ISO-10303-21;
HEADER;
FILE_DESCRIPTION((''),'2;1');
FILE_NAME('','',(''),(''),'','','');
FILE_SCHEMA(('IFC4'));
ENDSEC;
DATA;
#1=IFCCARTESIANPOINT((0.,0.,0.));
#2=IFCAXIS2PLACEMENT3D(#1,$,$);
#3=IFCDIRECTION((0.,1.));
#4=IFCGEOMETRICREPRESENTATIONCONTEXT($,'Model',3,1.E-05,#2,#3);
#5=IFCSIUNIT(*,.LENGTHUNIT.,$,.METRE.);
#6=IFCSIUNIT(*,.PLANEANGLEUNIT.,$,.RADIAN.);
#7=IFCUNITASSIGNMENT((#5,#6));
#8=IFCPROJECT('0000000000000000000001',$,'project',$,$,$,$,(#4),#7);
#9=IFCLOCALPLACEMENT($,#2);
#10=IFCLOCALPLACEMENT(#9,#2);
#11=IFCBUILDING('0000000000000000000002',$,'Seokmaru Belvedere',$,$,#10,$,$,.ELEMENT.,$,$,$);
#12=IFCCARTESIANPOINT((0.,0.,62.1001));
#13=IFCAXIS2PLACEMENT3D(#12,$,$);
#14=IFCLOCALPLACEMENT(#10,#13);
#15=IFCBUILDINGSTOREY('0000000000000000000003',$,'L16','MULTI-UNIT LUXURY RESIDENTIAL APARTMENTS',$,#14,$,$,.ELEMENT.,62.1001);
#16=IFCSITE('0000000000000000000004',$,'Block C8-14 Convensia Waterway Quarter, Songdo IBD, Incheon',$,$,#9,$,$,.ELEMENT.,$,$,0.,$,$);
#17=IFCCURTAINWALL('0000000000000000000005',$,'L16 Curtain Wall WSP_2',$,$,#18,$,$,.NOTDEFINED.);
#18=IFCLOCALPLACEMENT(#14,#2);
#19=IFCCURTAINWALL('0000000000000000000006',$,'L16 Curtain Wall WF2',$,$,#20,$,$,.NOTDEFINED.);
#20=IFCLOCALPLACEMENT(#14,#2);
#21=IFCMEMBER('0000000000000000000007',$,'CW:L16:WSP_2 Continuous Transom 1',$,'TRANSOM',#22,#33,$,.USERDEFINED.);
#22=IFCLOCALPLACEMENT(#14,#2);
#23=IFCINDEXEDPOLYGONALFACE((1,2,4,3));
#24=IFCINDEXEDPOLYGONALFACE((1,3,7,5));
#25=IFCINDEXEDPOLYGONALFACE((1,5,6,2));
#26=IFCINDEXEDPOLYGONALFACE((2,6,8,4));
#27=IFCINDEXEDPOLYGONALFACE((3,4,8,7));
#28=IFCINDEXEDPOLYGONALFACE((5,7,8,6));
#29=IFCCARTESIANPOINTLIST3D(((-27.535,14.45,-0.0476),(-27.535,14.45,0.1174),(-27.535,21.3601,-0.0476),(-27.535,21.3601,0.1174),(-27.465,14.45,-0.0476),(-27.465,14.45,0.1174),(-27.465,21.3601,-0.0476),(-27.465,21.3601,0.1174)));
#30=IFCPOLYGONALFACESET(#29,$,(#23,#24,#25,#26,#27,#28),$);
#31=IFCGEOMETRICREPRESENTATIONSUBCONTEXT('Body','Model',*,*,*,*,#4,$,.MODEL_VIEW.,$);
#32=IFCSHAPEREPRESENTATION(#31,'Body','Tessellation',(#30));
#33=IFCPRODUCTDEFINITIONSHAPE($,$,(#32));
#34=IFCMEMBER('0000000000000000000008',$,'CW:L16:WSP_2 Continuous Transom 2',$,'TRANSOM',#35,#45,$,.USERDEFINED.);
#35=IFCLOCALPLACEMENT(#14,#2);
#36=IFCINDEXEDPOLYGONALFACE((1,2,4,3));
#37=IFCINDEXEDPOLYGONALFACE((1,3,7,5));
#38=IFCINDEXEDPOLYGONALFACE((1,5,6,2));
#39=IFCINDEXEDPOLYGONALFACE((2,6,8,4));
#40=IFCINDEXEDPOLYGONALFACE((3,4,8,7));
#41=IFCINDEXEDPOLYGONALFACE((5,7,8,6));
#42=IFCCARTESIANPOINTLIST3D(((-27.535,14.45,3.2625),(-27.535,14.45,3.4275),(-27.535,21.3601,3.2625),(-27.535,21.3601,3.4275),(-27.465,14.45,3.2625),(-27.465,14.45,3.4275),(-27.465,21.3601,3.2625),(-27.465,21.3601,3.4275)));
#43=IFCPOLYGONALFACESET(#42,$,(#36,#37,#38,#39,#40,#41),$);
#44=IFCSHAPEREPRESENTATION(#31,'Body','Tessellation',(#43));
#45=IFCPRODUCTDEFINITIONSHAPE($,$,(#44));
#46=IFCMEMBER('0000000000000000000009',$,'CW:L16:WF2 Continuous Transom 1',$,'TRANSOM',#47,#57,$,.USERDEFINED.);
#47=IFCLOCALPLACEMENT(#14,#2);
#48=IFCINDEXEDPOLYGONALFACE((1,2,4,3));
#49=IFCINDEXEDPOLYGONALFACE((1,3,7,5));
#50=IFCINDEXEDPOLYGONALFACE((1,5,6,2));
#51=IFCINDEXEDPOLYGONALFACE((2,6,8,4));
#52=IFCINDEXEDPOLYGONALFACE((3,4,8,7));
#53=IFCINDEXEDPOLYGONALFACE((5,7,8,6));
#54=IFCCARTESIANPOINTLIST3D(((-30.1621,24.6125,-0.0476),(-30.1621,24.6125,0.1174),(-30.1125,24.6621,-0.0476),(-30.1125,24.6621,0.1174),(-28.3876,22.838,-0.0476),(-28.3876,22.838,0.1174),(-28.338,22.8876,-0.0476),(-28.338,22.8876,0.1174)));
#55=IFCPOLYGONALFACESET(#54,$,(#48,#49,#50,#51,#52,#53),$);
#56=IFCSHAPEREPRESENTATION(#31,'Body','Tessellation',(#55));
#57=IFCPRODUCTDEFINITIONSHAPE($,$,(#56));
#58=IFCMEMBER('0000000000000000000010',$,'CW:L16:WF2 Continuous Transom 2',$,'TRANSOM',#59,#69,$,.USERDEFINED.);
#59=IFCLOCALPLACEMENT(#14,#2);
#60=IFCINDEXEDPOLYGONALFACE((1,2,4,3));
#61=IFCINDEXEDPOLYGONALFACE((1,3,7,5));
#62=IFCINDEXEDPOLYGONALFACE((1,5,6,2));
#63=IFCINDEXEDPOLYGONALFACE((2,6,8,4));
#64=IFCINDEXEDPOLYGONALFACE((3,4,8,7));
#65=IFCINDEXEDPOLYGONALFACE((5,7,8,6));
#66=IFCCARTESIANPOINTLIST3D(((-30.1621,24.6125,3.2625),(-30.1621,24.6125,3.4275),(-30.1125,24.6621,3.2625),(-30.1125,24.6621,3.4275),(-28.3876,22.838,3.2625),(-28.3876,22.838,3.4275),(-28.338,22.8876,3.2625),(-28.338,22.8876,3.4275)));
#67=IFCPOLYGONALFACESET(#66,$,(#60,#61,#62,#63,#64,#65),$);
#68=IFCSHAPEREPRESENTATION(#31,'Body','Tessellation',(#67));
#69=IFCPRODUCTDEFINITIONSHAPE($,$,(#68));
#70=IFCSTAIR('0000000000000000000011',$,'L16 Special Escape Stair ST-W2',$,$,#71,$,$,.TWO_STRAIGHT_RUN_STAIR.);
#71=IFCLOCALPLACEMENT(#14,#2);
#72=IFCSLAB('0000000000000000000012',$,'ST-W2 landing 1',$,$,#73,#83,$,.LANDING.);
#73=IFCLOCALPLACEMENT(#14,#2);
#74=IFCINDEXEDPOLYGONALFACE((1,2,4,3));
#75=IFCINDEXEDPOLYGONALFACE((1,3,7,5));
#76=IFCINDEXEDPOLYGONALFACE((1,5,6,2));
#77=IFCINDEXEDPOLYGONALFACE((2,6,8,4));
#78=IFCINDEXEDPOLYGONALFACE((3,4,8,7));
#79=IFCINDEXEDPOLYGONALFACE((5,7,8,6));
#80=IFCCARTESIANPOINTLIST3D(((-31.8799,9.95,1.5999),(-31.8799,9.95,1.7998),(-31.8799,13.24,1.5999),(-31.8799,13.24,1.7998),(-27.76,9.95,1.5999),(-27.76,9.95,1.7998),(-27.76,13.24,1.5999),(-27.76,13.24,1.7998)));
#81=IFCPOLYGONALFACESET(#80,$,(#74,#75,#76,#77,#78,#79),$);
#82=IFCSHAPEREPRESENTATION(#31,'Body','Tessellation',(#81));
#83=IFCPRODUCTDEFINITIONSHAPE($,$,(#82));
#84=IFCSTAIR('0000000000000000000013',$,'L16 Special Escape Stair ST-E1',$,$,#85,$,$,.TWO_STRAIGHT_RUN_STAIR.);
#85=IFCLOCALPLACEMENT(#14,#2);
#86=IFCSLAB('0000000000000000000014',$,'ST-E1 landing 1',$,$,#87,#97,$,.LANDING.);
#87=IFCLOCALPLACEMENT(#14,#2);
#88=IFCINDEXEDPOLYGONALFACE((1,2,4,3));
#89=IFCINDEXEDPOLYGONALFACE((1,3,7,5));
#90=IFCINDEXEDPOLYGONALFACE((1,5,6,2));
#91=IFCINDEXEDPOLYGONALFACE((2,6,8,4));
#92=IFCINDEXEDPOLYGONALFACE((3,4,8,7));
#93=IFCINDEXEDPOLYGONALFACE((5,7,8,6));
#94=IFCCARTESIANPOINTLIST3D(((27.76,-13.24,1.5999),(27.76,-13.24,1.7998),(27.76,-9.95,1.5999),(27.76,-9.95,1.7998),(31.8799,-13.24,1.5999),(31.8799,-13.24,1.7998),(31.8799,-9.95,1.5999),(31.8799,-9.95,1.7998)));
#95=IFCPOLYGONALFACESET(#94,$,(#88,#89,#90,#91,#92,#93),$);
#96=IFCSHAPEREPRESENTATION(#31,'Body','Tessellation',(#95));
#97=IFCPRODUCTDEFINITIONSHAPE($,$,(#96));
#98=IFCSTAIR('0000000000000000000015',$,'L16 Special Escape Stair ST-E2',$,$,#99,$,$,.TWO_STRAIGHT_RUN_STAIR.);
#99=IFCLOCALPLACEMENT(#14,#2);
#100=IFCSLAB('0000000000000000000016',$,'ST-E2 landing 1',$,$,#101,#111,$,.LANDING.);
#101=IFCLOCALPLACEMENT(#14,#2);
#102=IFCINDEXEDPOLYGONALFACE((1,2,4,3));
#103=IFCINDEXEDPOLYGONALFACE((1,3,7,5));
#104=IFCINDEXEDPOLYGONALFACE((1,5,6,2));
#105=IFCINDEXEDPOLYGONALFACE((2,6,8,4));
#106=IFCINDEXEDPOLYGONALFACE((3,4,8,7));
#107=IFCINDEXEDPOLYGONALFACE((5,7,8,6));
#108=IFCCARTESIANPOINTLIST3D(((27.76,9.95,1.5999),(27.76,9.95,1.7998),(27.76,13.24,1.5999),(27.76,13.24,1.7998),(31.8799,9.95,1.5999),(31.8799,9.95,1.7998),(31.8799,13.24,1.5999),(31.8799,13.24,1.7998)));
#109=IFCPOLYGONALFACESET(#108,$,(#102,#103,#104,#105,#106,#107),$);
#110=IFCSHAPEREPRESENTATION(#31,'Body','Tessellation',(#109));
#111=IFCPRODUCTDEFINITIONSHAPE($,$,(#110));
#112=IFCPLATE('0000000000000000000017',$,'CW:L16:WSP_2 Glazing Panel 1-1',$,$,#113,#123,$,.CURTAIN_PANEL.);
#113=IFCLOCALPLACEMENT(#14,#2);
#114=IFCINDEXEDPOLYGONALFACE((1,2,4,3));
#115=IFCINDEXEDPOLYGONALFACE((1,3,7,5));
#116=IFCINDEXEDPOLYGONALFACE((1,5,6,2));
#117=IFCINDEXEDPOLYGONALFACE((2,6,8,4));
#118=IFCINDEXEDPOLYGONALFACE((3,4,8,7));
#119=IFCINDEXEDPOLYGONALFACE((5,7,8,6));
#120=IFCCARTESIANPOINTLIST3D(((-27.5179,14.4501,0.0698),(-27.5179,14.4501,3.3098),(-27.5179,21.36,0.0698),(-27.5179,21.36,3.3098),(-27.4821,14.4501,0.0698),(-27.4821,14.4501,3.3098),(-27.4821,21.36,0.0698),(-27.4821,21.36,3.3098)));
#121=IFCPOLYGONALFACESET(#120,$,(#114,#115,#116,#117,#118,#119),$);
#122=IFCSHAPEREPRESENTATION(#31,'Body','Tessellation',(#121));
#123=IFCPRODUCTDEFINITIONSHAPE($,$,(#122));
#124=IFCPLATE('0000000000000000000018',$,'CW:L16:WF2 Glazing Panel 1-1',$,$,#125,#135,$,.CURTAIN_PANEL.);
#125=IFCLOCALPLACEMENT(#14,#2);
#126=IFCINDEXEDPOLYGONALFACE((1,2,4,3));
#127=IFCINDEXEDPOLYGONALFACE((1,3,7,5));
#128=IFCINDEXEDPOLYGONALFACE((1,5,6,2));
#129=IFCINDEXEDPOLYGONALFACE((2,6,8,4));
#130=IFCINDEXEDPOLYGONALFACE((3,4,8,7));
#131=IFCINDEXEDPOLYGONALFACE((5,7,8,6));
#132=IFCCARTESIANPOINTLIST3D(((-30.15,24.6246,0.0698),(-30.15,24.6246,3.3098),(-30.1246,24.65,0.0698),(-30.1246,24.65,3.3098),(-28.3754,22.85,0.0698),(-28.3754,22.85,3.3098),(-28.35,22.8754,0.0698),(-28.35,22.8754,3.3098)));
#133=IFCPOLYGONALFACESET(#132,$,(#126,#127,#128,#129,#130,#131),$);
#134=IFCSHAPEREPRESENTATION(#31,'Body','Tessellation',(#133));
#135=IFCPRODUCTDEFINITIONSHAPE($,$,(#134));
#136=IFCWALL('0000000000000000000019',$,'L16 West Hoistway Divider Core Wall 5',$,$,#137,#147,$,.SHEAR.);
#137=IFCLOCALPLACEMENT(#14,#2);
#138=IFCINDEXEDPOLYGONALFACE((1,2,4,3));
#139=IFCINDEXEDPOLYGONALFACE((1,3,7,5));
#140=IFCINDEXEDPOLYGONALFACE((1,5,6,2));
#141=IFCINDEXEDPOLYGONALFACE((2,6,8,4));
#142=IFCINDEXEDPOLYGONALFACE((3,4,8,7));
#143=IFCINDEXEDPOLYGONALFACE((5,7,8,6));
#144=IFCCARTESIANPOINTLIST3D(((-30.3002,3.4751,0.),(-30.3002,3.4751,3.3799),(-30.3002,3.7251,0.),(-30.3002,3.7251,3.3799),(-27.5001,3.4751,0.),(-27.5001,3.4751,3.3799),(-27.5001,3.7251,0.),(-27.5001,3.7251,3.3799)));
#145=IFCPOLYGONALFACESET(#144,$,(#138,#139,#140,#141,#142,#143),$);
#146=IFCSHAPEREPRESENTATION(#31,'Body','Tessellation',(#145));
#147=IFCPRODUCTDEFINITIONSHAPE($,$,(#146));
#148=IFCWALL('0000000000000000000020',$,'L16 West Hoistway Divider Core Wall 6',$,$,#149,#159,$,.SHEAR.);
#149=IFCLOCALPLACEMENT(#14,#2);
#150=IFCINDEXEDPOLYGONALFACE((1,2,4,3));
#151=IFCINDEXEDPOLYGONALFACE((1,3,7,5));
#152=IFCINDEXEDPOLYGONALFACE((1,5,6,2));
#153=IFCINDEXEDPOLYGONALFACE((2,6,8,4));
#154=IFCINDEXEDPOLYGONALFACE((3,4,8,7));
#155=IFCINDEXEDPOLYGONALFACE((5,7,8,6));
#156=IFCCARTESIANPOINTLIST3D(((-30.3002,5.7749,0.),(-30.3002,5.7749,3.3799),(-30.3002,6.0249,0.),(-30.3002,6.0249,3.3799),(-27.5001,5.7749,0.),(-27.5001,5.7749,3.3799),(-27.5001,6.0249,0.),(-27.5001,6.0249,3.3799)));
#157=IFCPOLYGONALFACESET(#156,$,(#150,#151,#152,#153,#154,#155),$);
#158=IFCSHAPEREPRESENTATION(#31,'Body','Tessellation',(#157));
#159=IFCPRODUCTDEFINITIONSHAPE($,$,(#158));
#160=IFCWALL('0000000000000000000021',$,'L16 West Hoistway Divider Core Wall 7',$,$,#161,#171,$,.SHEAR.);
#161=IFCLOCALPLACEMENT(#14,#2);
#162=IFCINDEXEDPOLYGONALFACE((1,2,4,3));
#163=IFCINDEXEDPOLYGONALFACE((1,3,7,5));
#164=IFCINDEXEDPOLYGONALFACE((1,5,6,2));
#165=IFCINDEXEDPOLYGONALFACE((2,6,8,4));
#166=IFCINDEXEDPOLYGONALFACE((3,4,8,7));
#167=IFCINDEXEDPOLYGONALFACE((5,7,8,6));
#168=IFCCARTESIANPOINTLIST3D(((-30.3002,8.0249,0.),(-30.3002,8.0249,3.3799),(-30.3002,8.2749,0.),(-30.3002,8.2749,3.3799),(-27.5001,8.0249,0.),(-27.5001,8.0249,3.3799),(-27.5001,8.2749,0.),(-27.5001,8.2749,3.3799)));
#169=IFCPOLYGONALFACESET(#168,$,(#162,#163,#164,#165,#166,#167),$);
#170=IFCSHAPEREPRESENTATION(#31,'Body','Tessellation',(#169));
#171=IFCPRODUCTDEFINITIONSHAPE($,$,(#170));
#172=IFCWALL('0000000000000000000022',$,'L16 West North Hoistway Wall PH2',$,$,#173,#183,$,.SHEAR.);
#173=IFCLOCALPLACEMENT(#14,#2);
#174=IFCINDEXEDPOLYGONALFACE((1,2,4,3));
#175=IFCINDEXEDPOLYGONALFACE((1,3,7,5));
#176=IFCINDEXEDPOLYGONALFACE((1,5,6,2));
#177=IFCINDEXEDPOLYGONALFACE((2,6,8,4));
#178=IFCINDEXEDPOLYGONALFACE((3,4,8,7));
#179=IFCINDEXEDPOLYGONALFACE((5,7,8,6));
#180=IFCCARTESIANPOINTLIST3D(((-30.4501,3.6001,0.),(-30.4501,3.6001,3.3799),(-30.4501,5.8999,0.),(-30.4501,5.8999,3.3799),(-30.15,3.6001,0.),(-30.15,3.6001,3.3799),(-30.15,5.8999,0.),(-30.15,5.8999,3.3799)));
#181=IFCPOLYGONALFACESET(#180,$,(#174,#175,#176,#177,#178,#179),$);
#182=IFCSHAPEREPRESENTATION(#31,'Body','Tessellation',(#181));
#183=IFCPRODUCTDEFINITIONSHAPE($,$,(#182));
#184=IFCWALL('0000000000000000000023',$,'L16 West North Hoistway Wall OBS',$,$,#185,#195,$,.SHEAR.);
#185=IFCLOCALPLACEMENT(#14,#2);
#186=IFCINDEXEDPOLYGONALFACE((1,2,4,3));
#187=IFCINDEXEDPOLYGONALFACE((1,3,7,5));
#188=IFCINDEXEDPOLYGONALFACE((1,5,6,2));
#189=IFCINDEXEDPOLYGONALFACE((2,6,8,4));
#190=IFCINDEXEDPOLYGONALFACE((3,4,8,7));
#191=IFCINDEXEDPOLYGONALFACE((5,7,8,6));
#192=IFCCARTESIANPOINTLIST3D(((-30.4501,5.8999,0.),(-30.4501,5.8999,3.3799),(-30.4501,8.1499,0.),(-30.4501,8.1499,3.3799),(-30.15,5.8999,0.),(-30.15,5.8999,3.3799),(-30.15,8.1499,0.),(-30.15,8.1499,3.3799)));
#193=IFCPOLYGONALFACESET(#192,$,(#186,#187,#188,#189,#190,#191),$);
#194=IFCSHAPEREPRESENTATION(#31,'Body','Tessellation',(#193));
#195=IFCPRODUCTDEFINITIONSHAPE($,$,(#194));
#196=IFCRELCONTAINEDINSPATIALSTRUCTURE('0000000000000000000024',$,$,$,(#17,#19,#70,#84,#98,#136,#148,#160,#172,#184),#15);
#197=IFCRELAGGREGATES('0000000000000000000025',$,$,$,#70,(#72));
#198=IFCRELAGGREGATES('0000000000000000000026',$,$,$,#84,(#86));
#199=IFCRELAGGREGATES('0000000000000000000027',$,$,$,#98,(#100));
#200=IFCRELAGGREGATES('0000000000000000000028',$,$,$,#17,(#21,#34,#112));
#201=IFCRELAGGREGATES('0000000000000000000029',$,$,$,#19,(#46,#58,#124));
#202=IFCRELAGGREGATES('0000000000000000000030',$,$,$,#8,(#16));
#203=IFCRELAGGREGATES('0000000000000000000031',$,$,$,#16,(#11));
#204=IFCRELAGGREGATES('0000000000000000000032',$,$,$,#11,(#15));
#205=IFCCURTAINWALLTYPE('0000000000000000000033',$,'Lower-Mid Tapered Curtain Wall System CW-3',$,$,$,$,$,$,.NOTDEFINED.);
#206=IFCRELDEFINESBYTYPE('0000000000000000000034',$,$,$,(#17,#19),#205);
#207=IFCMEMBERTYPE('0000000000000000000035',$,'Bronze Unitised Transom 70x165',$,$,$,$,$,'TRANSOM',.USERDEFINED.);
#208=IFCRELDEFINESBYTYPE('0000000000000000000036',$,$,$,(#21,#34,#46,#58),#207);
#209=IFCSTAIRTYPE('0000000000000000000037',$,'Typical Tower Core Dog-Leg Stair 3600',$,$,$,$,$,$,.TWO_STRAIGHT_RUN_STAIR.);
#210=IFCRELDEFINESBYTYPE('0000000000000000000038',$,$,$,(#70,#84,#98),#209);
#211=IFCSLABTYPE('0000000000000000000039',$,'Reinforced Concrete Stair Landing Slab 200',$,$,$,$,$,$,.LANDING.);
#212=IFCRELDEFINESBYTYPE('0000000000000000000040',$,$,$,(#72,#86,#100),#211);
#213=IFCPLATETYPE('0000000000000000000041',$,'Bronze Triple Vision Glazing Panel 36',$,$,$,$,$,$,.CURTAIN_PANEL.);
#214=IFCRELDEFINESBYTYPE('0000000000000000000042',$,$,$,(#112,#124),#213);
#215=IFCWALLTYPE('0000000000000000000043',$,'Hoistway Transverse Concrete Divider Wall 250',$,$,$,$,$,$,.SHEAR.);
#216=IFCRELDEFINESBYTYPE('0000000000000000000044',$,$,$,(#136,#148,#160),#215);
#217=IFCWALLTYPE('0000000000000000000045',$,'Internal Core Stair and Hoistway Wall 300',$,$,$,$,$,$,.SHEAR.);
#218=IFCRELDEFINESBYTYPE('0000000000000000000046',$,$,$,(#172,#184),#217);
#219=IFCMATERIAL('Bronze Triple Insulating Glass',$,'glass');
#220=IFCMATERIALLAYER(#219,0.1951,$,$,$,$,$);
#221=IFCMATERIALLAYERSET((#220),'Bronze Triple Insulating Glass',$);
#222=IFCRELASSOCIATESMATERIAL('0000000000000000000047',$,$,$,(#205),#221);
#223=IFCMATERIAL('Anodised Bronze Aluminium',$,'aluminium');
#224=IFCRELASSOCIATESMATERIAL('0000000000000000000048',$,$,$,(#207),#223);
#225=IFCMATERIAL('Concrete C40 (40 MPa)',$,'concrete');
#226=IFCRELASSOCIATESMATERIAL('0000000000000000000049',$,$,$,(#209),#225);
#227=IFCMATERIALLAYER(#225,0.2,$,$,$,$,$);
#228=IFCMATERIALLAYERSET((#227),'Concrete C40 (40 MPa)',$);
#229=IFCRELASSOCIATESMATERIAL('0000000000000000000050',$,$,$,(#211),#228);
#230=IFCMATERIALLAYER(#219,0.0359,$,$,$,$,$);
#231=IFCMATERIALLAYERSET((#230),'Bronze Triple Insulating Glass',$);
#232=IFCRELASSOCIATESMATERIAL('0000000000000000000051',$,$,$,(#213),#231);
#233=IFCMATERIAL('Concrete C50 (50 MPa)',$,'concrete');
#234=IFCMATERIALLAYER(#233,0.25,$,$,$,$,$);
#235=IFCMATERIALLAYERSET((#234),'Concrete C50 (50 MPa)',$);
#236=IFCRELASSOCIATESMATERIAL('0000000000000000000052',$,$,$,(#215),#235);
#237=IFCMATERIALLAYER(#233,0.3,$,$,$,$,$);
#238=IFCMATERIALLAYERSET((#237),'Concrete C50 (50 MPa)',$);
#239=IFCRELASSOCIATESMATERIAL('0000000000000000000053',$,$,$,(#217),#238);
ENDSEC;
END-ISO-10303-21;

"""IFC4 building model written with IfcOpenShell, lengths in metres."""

from ifc_helpers import new_model, si_unit, direction, frame, frame_2d, origin, origin_2d, place, context, subcontext, project, spatial, polyline, rectangle, outline, extrude, source, transform, mapped, material, layer, layer_set, material_profile, profile_set, type_object, type_shapes, element, aggregate, save


model = new_model("IFC4")

# Units and contexts
model_context = context("Model", 3, precision=1e-05, world=origin(), true_north=direction((0.0, 1.0)))
body_context = subcontext(model_context, "Body", "Model", "MODEL_VIEW")
ifc_project = project(units=[si_unit("LENGTHUNIT", "METRE"), si_unit("PLANEANGLEUNIT", "RADIAN")], contexts=[model_context])

# Site, building, storey
site_placement = place(None, origin())
site = spatial("IfcSite", under=ifc_project, at=site_placement, Name="Block C8-14 Convensia Waterway Quarter, Songdo IBD, Incheon", CompositionType="ELEMENT", RefElevation=0.0)
building_placement = place(site_placement, origin())
building = spatial("IfcBuilding", under=site, at=building_placement, Name="Seokmaru Belvedere", CompositionType="ELEMENT")
storey_placement = place(building_placement, frame((0.0, 0.0, 62.1001)))
storey = spatial("IfcBuildingStorey", under=building, at=storey_placement, Name="L16", Description="MULTI-UNIT LUXURY RESIDENTIAL APARTMENTS", CompositionType="ELEMENT", Elevation=62.1001)

# Curtain walls
ifc_material_1 = material(Name="Bronze Triple Insulating Glass", Category="glass")
ifc_layer_1 = layer(ifc_material_1, 0.1951)
ifc_layer_set_1 = layer_set([ifc_layer_1], Name="Bronze Triple Insulating Glass")
curtain_wall_type = type_object("IfcCurtainWallType", Name="Lower-Mid Tapered Curtain Wall System CW-3", PredefinedType="NOTDEFINED", material=ifc_layer_set_1)
curtain_wall_1_placement = place(storey_placement, origin())
curtain_wall_1 = element("IfcCurtainWall", 1, at=curtain_wall_1_placement, inside=storey, type_object=curtain_wall_type, Name="L16 Curtain Wall WSP_2", PredefinedType="NOTDEFINED")
ifc_material_2 = material(Name="Anodised Bronze Aluminium", Category="aluminium")
curtain_wall_2_placement = place(storey_placement, origin())
curtain_wall_2 = element("IfcCurtainWall", 2, at=curtain_wall_2_placement, inside=storey, type_object=curtain_wall_type, Name="L16 Curtain Wall WF2", PredefinedType="NOTDEFINED")

# Members
ifc_material_profile_1 = material_profile(ifc_material_2, rectangle(XDim=0.0701, YDim=0.165, at=origin_2d()), Name="CW-T-70x165")
ifc_profile_set_1 = profile_set([ifc_material_profile_1], Name="Anodised Bronze Aluminium")
member_type_1 = type_object("IfcMemberType", Name="Bronze Unitised Transom 70x165", ElementType="TRANSOM", PredefinedType="USERDEFINED", material=ifc_profile_set_1)
shared_shape_1 = source(origin(), body_context, "Body", "SweptSolid", [
    extrude(rectangle(XDim=0.0701, YDim=0.165, at=origin_2d()), origin(), (0.0, 0.0, 1.0), 6.9102),
])
member_1_placement = place(storey_placement, frame((-27.5, 14.45, 0.0349), z_axis=(0.0, 1.0, 0.0), x_axis=(-1.0, 0.0, 0.0)))
member_1 = element("IfcMember", 3, at=member_1_placement, type_object=member_type_1, Name="CW:L16:WSP_2 Continuous Transom 1", ObjectType="TRANSOM", PredefinedType="USERDEFINED", context=body_context, shape_type="MappedRepresentation", body=[
    mapped(shared_shape_1, transform((0.0, 0.0, 0.0), scale=1.0)),
])
member_2_placement = place(storey_placement, frame((-27.5, 14.45, 3.345), z_axis=(0.0, 1.0, 0.0), x_axis=(-1.0, 0.0, 0.0)))
member_2 = element("IfcMember", 4, at=member_2_placement, type_object=member_type_1, Name="CW:L16:WSP_2 Continuous Transom 2", ObjectType="TRANSOM", PredefinedType="USERDEFINED", context=body_context, shape_type="MappedRepresentation", body=[
    mapped(shared_shape_1, transform((0.0, 0.0, 0.0), scale=1.0)),
])
shared_shape_2 = source(origin(), body_context, "Body", "SweptSolid", [
    extrude(rectangle(XDim=0.0701, YDim=0.165, at=origin_2d()), origin(), (0.0, 0.0, 1.0), 2.5095),
])
type_shapes(member_type_1, [shared_shape_1, shared_shape_2])
member_3_placement = place(storey_placement, frame((-28.3628, 22.8628, 0.0349), z_axis=(-0.707107, 0.707107, 0.0), x_axis=(-0.707107, -0.707107, 0.0)))
member_3 = element("IfcMember", 5, at=member_3_placement, type_object=member_type_1, Name="CW:L16:WF2 Continuous Transom 1", ObjectType="TRANSOM", PredefinedType="USERDEFINED", context=body_context, shape_type="MappedRepresentation", body=[
    mapped(shared_shape_2, transform((0.0, 0.0, 0.0), scale=1.0)),
])
member_4_placement = place(storey_placement, frame((-28.3628, 22.8628, 3.345), z_axis=(-0.707107, 0.707107, 0.0), x_axis=(-0.707107, -0.707107, 0.0)))
member_4 = element("IfcMember", 6, at=member_4_placement, type_object=member_type_1, Name="CW:L16:WF2 Continuous Transom 2", ObjectType="TRANSOM", PredefinedType="USERDEFINED", context=body_context, shape_type="MappedRepresentation", body=[
    mapped(shared_shape_2, transform((0.0, 0.0, 0.0), scale=1.0)),
])

# Stairs, slabs
ifc_material_3 = material(Name="Concrete C40 (40 MPa)", Category="concrete")
stair_type = type_object("IfcStairType", Name="Typical Tower Core Dog-Leg Stair 3600", PredefinedType="TWO_STRAIGHT_RUN_STAIR", material=ifc_material_3)
stair_1_placement = place(storey_placement, origin())
stair_1 = element("IfcStair", 7, at=stair_1_placement, inside=storey, type_object=stair_type, Name="L16 Special Escape Stair ST-W2", PredefinedType="TWO_STRAIGHT_RUN_STAIR")
ifc_layer_2 = layer(ifc_material_3, 0.2)
ifc_layer_set_2 = layer_set([ifc_layer_2], Name="Concrete C40 (40 MPa)")
slab_type = type_object("IfcSlabType", Name="Reinforced Concrete Stair Landing Slab 200", PredefinedType="LANDING", material=ifc_layer_set_2)
slab_1_placement = place(storey_placement, frame((0.0, 0.0, 1.5999)))
slab_1 = element("IfcSlab", 8, at=slab_1_placement, type_object=slab_type, Name="ST-W2 landing 1", PredefinedType="LANDING", context=body_context, shape_type="SweptSolid", body=[
    extrude(outline(polyline([(-31.8799, 9.95), (-27.76, 9.95), (-27.76, 13.24), (-31.8799, 13.24), (-31.8799, 9.95)])), origin(), (0.0, 0.0, 1.0), 0.2),
])
aggregate(stair_1, [slab_1])
stair_2_placement = place(storey_placement, origin())
stair_2 = element("IfcStair", 9, at=stair_2_placement, inside=storey, type_object=stair_type, Name="L16 Special Escape Stair ST-E1", PredefinedType="TWO_STRAIGHT_RUN_STAIR")
slab_2_placement = place(storey_placement, frame((0.0, 0.0, 1.5999)))
slab_2 = element("IfcSlab", 10, at=slab_2_placement, type_object=slab_type, Name="ST-E1 landing 1", PredefinedType="LANDING", context=body_context, shape_type="SweptSolid", body=[
    extrude(outline(polyline([(27.76, -13.24), (31.8799, -13.24), (31.8799, -9.95), (27.76, -9.95), (27.76, -13.24)])), origin(), (0.0, 0.0, 1.0), 0.2),
])
aggregate(stair_2, [slab_2])
stair_3_placement = place(storey_placement, origin())
stair_3 = element("IfcStair", 11, at=stair_3_placement, inside=storey, type_object=stair_type, Name="L16 Special Escape Stair ST-E2", PredefinedType="TWO_STRAIGHT_RUN_STAIR")
slab_3_placement = place(storey_placement, frame((0.0, 0.0, 1.5999)))
slab_3 = element("IfcSlab", 12, at=slab_3_placement, type_object=slab_type, Name="ST-E2 landing 1", PredefinedType="LANDING", context=body_context, shape_type="SweptSolid", body=[
    extrude(outline(polyline([(27.76, 9.95), (31.8799, 9.95), (31.8799, 13.24), (27.76, 13.24), (27.76, 9.95)])), origin(), (0.0, 0.0, 1.0), 0.2),
])
aggregate(stair_3, [slab_3])

# Plates
ifc_layer_3 = layer(ifc_material_1, 0.0359)
ifc_layer_set_3 = layer_set([ifc_layer_3], Name="Bronze Triple Insulating Glass")
plate_type = type_object("IfcPlateType", Name="Bronze Triple Vision Glazing Panel 36", PredefinedType="CURTAIN_PANEL", material=ifc_layer_set_3)
shared_shape_3 = source(origin(), body_context, "Body", "SweptSolid", [
    extrude(rectangle(XDim=6.9099, YDim=0.0359, at=origin_2d()), origin(), (0.0, 0.0, 1.0), 3.24),
])
plate_1_placement = place(storey_placement, frame((-27.5, 17.905, 0.0698), z_axis=(0.0, 0.0, 1.0), x_axis=(0.0, 1.0, 0.0)))
plate_1 = element("IfcPlate", 13, at=plate_1_placement, type_object=plate_type, Name="CW:L16:WSP_2 Glazing Panel 1-1", PredefinedType="CURTAIN_PANEL", context=body_context, shape_type="MappedRepresentation", body=[
    mapped(shared_shape_3, transform((0.0, 0.0, 0.0), scale=1.0)),
])
aggregate(curtain_wall_1, [member_1, member_2, plate_1])
shared_shape_4 = source(origin(), body_context, "Body", "SweptSolid", [
    extrude(rectangle(XDim=2.5098, YDim=0.0359, at=origin_2d()), origin(), (0.0, 0.0, 1.0), 3.24),
])
type_shapes(plate_type, [shared_shape_3, shared_shape_4])
plate_2_placement = place(storey_placement, frame((-29.25, 23.75, 0.0698), z_axis=(0.0, 0.0, 1.0), x_axis=(-0.707107, 0.707107, 0.0)))
plate_2 = element("IfcPlate", 14, at=plate_2_placement, type_object=plate_type, Name="CW:L16:WF2 Glazing Panel 1-1", PredefinedType="CURTAIN_PANEL", context=body_context, shape_type="MappedRepresentation", body=[
    mapped(shared_shape_4, transform((0.0, 0.0, 0.0), scale=1.0)),
])
aggregate(curtain_wall_2, [member_3, member_4, plate_2])

# Walls
ifc_material_4 = material(Name="Concrete C50 (50 MPa)", Category="concrete")
ifc_layer_4 = layer(ifc_material_4, 0.25)
ifc_layer_set_4 = layer_set([ifc_layer_4], Name="Concrete C50 (50 MPa)")
wall_type_1 = type_object("IfcWallType", Name="Hoistway Transverse Concrete Divider Wall 250", PredefinedType="SHEAR", material=ifc_layer_set_4)
for number, where, z_axis, x_axis, name in (
    (15, (-30.3, 3.6001, 0.0), (0.0, 0.0, 1.0), (1.0, 0.0, 0.0), "L16 West Hoistway Divider Core Wall 5"),
    (16, (-30.3, 5.8999, 0.0), (0.0, 0.0, 1.0), (1.0, 0.0, 0.0), "L16 West Hoistway Divider Core Wall 6"),
    (17, (-30.3, 8.1499, 0.0), (0.0, 0.0, 1.0), (1.0, 0.0, 0.0), "L16 West Hoistway Divider Core Wall 7"),
):
    element("IfcWall", number, at=place(storey_placement, frame(where, z_axis=z_axis, x_axis=x_axis)), inside=storey, type_object=wall_type_1, Name=name, PredefinedType="SHEAR", context=body_context, shape_type="SweptSolid", body=[
        extrude(rectangle(XDim=2.8, YDim=0.25, at=frame_2d((1.3999, 0.0))), origin(), (0.0, 0.0, 1.0), 3.3799),
    ])
ifc_layer_5 = layer(ifc_material_4, 0.3)
ifc_layer_set_5 = layer_set([ifc_layer_5], Name="Concrete C50 (50 MPa)")
wall_type_2 = type_object("IfcWallType", Name="Internal Core Stair and Hoistway Wall 300", PredefinedType="SHEAR", material=ifc_layer_set_5)
wall_1_placement = place(storey_placement, frame((-30.3, 3.6001, 0.0), z_axis=(0.0, 0.0, 1.0), x_axis=(0.0, 1.0, 0.0)))
element("IfcWall", 18, at=wall_1_placement, inside=storey, type_object=wall_type_2, Name="L16 West North Hoistway Wall PH2", PredefinedType="SHEAR", context=body_context, shape_type="SweptSolid", body=[
    extrude(rectangle(XDim=2.2998, YDim=0.3, at=frame_2d((1.1499, 0.0))), origin(), (0.0, 0.0, 1.0), 3.3799),
])
wall_2_placement = place(storey_placement, frame((-30.3, 5.8999, 0.0), z_axis=(0.0, 0.0, 1.0), x_axis=(0.0, 1.0, 0.0)))
element("IfcWall", 19, at=wall_2_placement, inside=storey, type_object=wall_type_2, Name="L16 West North Hoistway Wall OBS", PredefinedType="SHEAR", context=body_context, shape_type="SweptSolid", body=[
    extrude(rectangle(XDim=2.25, YDim=0.3, at=frame_2d((1.125, 0.0))), origin(), (0.0, 0.0, 1.0), 3.3799),
])

save(model, "model.ifc")
